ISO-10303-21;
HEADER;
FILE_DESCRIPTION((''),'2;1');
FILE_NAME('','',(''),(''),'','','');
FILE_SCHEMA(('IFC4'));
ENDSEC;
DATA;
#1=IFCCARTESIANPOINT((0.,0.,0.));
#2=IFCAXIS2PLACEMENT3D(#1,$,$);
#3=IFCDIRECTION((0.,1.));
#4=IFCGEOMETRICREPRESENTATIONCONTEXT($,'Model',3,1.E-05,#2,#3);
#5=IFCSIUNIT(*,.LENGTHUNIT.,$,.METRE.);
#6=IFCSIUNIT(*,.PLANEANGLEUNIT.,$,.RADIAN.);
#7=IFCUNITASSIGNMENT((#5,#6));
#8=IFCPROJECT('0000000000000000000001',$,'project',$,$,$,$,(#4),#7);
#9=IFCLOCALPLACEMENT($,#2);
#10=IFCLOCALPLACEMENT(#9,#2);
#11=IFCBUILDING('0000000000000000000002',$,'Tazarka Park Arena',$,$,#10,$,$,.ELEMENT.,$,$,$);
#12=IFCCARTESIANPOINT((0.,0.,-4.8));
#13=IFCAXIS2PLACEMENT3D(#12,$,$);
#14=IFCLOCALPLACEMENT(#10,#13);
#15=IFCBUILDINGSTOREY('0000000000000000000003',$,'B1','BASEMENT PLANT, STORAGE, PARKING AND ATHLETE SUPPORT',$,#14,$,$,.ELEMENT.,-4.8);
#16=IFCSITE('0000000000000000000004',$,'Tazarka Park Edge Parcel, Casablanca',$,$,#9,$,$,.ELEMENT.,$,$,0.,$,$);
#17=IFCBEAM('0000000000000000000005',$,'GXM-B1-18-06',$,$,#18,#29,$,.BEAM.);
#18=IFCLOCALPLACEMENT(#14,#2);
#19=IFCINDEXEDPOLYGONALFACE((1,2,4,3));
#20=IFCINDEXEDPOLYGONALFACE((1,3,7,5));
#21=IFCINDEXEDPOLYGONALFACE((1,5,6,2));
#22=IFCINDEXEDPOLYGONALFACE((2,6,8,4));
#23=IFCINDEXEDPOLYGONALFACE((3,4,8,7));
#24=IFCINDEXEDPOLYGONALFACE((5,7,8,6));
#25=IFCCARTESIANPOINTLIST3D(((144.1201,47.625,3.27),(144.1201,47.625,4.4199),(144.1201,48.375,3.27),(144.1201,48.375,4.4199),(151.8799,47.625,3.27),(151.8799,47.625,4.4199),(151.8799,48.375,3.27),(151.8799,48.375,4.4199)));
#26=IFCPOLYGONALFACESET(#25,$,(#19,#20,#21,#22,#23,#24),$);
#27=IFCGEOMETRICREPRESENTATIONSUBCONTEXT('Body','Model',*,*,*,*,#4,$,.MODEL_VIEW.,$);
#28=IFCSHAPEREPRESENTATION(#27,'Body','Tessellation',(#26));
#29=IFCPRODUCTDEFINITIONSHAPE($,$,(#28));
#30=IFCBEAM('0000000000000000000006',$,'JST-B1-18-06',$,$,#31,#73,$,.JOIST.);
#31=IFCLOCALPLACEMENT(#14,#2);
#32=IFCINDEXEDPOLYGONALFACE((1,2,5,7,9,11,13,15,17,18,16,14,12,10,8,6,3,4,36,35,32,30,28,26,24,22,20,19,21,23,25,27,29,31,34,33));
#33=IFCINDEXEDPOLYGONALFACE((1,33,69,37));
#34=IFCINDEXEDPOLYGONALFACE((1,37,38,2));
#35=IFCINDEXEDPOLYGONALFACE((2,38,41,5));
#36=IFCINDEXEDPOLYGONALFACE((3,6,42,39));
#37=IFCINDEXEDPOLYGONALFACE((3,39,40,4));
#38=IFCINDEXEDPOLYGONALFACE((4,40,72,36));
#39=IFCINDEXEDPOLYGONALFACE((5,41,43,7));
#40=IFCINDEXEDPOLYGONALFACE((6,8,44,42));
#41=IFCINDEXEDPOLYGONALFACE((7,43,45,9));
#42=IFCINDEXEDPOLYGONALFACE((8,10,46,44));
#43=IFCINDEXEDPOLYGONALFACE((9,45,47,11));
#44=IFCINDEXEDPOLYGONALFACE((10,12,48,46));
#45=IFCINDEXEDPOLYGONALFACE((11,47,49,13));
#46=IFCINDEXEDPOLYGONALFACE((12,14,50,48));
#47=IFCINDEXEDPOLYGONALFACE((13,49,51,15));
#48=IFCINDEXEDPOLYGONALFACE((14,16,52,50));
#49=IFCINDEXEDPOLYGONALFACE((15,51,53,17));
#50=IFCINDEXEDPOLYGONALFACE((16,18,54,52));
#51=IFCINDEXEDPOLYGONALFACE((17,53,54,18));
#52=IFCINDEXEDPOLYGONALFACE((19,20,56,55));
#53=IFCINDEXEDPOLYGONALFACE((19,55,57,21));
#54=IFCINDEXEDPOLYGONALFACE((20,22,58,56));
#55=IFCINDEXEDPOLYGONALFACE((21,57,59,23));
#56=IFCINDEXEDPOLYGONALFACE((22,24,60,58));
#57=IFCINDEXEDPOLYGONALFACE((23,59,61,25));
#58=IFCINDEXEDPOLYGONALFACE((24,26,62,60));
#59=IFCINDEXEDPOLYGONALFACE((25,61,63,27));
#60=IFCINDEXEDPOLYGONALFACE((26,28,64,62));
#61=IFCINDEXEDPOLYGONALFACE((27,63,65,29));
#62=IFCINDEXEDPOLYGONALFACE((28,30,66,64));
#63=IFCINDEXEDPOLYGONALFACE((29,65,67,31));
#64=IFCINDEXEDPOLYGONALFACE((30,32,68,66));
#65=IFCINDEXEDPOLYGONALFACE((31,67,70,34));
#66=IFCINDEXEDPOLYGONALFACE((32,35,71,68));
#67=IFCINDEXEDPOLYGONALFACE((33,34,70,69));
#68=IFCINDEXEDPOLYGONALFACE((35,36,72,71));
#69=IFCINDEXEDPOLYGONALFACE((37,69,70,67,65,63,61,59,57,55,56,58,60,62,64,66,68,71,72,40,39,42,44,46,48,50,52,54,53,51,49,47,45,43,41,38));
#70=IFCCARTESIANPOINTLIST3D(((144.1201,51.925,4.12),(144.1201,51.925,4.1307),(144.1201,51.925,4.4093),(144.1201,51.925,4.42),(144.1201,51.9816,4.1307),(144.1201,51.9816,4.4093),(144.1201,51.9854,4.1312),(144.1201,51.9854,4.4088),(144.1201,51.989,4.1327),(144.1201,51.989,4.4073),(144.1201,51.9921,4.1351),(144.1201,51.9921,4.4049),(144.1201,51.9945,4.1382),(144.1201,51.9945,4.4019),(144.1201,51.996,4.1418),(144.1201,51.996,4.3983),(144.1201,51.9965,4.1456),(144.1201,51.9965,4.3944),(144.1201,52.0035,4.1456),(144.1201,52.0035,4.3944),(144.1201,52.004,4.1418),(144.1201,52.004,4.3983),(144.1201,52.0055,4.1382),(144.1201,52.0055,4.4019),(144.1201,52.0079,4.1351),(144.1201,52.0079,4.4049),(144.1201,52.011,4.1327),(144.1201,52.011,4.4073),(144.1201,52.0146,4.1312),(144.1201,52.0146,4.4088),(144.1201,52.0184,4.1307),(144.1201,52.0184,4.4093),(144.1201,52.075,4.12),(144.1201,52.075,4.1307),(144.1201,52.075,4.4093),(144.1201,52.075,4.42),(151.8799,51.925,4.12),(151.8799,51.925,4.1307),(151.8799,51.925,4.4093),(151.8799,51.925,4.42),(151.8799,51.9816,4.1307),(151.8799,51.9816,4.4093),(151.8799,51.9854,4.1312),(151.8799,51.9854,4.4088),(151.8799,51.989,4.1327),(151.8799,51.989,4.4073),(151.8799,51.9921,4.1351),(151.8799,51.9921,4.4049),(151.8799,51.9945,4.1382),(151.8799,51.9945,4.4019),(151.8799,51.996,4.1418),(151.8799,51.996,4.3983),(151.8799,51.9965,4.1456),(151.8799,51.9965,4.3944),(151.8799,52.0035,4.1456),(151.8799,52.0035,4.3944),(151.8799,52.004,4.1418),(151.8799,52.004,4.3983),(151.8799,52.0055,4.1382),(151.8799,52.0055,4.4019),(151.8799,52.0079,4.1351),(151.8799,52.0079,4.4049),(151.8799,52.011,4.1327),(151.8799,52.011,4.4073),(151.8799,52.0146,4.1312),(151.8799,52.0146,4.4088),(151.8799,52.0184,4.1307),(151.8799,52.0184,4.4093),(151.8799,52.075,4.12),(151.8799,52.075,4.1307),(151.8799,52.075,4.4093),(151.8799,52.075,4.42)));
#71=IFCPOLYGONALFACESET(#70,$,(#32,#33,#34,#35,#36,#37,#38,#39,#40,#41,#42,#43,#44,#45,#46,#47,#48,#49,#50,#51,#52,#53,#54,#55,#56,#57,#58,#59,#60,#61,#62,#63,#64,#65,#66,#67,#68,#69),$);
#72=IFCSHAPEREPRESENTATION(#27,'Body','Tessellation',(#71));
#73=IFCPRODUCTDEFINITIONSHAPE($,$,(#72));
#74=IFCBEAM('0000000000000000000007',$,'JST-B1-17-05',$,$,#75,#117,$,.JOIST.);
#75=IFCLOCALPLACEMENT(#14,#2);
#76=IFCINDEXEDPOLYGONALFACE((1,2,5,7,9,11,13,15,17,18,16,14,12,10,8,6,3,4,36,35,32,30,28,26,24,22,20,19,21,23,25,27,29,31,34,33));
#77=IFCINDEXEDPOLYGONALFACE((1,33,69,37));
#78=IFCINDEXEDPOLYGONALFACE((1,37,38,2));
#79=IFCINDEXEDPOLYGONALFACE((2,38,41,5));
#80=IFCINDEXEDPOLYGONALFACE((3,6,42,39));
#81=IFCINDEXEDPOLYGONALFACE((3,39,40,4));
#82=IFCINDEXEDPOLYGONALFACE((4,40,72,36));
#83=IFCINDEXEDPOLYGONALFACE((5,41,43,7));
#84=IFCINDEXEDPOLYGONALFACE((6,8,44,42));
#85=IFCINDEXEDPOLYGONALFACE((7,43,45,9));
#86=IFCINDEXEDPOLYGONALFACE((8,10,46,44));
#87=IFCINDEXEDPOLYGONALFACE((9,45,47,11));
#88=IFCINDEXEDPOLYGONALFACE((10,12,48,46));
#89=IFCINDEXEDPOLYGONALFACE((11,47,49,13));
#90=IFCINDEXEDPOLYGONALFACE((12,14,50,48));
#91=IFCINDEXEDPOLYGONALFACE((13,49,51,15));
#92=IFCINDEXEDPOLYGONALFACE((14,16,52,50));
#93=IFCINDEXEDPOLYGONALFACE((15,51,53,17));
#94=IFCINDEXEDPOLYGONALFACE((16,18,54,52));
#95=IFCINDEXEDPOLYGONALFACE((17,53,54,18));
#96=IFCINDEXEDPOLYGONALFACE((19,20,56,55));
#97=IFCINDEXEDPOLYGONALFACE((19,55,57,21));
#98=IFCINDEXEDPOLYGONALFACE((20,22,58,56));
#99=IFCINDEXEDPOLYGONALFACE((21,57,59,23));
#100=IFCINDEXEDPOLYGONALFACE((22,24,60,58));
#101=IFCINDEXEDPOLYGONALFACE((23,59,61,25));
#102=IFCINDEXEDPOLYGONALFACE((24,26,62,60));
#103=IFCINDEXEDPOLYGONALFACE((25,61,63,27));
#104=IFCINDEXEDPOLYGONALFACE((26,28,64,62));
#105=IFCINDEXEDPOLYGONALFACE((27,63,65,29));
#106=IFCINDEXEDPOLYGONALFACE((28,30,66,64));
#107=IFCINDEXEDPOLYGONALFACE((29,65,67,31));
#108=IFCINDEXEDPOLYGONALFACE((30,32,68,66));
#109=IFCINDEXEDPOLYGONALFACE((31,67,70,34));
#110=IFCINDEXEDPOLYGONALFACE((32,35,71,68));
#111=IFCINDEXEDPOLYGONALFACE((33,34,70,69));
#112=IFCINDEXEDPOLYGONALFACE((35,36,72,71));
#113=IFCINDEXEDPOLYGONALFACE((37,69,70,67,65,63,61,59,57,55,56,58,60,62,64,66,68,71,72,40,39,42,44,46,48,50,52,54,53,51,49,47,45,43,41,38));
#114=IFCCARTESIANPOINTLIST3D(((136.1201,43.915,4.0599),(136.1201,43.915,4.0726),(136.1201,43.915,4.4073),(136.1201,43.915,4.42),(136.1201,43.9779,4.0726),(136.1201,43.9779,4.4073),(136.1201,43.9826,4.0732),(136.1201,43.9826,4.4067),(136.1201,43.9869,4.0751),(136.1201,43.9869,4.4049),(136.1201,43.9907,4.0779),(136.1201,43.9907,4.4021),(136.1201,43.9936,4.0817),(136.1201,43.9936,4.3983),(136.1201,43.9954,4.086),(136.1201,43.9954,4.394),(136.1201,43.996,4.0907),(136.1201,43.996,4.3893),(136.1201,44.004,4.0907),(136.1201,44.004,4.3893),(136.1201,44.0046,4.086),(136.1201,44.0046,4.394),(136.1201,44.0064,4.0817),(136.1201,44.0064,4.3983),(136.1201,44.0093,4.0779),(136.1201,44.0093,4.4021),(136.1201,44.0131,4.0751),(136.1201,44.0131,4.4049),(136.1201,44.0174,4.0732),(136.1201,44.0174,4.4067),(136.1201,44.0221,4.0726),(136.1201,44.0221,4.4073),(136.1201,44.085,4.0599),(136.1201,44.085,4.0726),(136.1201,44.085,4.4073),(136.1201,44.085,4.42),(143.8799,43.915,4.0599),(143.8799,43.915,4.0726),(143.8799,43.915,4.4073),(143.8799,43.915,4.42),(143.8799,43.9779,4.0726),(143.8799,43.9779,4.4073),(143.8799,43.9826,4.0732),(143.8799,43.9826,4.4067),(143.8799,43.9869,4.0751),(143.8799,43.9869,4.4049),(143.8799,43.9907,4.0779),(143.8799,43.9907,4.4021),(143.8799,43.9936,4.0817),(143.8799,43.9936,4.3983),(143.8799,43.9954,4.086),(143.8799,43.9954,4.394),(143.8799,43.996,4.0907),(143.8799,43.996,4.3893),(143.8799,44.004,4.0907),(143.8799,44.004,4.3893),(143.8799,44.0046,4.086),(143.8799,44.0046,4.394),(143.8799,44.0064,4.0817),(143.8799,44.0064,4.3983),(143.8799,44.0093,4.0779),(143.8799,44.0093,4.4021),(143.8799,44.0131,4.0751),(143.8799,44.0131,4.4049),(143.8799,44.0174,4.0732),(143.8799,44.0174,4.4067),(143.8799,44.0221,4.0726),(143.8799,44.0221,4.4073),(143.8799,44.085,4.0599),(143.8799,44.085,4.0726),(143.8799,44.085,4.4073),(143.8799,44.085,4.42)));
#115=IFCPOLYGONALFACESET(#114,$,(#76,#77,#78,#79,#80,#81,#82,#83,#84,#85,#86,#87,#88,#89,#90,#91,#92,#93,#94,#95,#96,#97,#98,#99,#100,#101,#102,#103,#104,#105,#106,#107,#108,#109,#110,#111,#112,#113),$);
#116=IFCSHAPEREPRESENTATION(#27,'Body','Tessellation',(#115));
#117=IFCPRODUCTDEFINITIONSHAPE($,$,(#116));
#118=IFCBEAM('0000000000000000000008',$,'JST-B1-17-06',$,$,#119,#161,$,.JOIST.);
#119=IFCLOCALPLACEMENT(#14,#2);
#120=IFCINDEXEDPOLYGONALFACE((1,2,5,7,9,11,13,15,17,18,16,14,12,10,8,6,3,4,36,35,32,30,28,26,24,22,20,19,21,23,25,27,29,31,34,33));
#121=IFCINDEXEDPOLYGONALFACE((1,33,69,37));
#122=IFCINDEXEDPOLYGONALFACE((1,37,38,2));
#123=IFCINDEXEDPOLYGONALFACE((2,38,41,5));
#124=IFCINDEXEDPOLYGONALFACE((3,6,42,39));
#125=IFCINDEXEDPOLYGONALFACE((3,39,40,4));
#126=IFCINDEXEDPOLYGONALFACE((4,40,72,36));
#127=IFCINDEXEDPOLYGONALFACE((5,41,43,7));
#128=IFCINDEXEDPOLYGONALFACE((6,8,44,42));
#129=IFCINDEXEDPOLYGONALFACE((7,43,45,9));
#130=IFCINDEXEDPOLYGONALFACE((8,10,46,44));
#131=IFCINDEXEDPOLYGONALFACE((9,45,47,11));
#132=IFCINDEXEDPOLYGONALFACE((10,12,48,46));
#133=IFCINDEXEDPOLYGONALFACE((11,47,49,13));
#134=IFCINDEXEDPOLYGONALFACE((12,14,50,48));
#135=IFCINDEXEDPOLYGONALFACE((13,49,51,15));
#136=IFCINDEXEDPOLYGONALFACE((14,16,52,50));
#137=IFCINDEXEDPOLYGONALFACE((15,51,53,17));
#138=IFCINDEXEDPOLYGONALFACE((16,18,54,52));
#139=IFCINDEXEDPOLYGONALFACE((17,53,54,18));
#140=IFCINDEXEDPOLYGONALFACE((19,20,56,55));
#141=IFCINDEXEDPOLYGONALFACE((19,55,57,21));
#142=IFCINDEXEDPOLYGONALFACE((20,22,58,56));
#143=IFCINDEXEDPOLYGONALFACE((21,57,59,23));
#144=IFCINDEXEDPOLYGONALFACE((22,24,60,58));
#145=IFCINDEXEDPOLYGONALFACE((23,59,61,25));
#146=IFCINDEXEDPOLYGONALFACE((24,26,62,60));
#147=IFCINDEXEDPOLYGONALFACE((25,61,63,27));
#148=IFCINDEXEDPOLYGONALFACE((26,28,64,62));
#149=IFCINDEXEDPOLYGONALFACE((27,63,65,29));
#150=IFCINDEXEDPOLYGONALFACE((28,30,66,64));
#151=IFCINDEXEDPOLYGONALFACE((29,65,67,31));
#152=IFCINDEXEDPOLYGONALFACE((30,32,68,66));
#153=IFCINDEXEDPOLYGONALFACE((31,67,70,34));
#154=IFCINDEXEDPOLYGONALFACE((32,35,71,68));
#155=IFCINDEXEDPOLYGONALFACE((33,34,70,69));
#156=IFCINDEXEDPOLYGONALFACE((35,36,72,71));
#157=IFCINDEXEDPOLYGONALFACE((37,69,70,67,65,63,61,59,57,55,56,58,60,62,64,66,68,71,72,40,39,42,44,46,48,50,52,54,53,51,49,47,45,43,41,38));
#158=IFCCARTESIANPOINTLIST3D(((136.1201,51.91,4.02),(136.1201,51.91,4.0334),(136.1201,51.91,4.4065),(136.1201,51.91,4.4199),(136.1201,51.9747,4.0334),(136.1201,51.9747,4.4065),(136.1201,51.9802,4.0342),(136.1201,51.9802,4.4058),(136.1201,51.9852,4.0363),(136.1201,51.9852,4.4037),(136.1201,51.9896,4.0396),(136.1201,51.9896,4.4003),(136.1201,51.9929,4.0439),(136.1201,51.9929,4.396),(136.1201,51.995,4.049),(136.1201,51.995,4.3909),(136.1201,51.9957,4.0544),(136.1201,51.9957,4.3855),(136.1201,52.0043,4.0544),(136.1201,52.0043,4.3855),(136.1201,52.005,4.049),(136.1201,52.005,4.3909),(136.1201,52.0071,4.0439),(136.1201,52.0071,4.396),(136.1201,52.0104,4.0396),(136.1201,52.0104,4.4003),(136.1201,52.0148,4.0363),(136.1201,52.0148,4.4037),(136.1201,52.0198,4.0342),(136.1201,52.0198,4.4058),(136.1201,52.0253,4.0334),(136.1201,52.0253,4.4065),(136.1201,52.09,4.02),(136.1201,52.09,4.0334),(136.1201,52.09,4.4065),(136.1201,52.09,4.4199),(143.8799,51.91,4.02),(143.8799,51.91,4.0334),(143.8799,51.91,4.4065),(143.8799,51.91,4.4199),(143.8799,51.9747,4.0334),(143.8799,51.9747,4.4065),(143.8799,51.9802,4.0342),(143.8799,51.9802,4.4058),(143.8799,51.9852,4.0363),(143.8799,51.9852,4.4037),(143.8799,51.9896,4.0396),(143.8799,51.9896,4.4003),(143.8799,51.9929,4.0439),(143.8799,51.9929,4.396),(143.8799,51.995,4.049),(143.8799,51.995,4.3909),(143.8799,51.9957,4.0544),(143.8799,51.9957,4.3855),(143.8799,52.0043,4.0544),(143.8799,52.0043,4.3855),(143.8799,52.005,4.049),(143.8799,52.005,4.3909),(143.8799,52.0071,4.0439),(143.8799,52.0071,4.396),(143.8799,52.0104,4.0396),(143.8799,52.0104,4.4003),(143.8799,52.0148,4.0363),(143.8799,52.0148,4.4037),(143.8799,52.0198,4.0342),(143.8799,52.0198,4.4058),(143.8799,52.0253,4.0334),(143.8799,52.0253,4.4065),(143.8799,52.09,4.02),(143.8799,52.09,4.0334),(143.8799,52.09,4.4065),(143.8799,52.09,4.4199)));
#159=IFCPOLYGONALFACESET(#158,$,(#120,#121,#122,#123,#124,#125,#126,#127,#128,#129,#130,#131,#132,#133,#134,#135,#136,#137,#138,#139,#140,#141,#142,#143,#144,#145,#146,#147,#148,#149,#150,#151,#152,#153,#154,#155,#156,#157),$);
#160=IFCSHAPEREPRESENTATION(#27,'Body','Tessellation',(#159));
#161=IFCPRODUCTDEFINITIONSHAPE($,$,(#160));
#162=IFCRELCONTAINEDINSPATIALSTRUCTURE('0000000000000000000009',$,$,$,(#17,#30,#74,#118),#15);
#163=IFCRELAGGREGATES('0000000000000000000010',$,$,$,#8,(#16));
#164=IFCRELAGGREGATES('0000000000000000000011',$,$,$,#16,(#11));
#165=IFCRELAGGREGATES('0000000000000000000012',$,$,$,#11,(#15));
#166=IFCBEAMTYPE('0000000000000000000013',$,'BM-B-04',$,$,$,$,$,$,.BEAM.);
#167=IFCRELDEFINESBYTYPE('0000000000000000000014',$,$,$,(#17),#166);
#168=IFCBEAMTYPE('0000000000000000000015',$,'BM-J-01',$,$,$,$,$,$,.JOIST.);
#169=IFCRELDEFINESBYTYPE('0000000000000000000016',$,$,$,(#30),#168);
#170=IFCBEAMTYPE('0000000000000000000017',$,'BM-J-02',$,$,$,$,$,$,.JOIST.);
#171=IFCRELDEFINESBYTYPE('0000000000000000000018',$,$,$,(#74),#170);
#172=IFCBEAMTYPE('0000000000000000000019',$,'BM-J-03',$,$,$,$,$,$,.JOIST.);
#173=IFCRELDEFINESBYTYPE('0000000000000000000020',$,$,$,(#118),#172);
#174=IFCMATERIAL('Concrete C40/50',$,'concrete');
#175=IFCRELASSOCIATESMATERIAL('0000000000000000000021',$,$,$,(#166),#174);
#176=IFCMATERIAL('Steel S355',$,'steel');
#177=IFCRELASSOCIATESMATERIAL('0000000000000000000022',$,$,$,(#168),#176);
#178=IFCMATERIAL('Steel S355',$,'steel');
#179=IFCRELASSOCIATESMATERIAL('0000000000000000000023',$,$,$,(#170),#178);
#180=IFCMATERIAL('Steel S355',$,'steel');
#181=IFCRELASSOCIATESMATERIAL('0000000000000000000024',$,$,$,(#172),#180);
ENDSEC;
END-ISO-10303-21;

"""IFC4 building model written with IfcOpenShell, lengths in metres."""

from ifc_helpers import new_model, si_unit, direction, frame, origin, origin_2d, place, context, subcontext, project, spatial, rectangle, i_section, extrude, material, material_profile, profile_set, type_object, element, save


model = new_model("IFC4")

# Units and contexts
model_context = context("Model", 3, precision=1e-05, world=origin(), true_north=direction((0.0, 1.0)))
body_context = subcontext(model_context, "Body", "Model", "MODEL_VIEW")
ifc_project = project(units=[si_unit("LENGTHUNIT", "METRE"), si_unit("PLANEANGLEUNIT", "RADIAN")], contexts=[model_context])

# Site, building, storey
site_placement = place(None, origin())
site = spatial("IfcSite", under=ifc_project, at=site_placement, Name="Tazarka Park Edge Parcel, Casablanca", CompositionType="ELEMENT", RefElevation=0.0)
building_placement = place(site_placement, origin())
building = spatial("IfcBuilding", under=site, at=building_placement, Name="Tazarka Park Arena", CompositionType="ELEMENT")
storey_placement = place(building_placement, frame((0.0, 0.0, -4.8)))
storey = spatial("IfcBuildingStorey", under=building, at=storey_placement, Name="B1", Description="BASEMENT PLANT, STORAGE, PARKING AND ATHLETE SUPPORT", CompositionType="ELEMENT", Elevation=-4.8)

# Beams
ifc_material_1 = material(Name="Concrete C40/50", Category="concrete")
ifc_material_profile_1 = material_profile(ifc_material_1, rectangle(XDim=0.75, YDim=1.1499, at=origin_2d()), Name="Concrete C40/50")
ifc_profile_set_1 = profile_set([ifc_material_profile_1], Name="Concrete C40/50")
beam_type_1 = type_object("IfcBeamType", Name="BM-B-04", PredefinedType="BEAM", material=ifc_profile_set_1)
for number, where, z_axis, x_axis, name in (
    (1, (144.1201, 48.0, 3.845), (1.0, 0.0, 0.0), (0.0, 1.0, 0.0), "GXM-B1-18-06"),
):
    element("IfcBeam", number, at=place(storey_placement, frame(where, z_axis=z_axis, x_axis=x_axis)), inside=storey, type_object=beam_type_1, Name=name, PredefinedType="BEAM", context=body_context, shape_type="SweptSolid", body=[
        extrude(rectangle(XDim=0.75, YDim=1.1499, at=origin_2d()), origin(), (0.0, 0.0, 1.0), 7.7598),
    ])
ifc_material_2 = material(Name="Steel S355", Category="steel")
ifc_material_profile_2 = material_profile(ifc_material_2, i_section(OverallWidth=0.1499, OverallDepth=0.3, WebThickness=0.0071, FlangeThickness=0.0107, FilletRadius=0.0149, at=origin_2d()), Name="Steel S355")
ifc_profile_set_2 = profile_set([ifc_material_profile_2], Name="Steel S355")
beam_type_2 = type_object("IfcBeamType", Name="BM-J-01", PredefinedType="JOIST", material=ifc_profile_set_2)
beam_1_placement = place(storey_placement, frame((144.1201, 52.0, 4.27), z_axis=(1.0, 0.0, 0.0), x_axis=(0.0, 1.0, 0.0)))
element("IfcBeam", 2, at=beam_1_placement, inside=storey, type_object=beam_type_2, Name="JST-B1-18-06", PredefinedType="JOIST", context=body_context, shape_type="SweptSolid", body=[
    extrude(i_section(OverallWidth=0.1499, OverallDepth=0.3, WebThickness=0.0071, FlangeThickness=0.0107, FilletRadius=0.0149, at=origin_2d()), origin(), (0.0, 0.0, 1.0), 7.7598),
])
ifc_material_3 = material(Name="Steel S355", Category="steel")
ifc_material_profile_3 = material_profile(ifc_material_3, i_section(OverallWidth=0.1699, OverallDepth=0.3601, WebThickness=0.0081, FlangeThickness=0.0127, FilletRadius=0.0181, at=origin_2d()), Name="Steel S355")
ifc_profile_set_3 = profile_set([ifc_material_profile_3], Name="Steel S355")
beam_type_3 = type_object("IfcBeamType", Name="BM-J-02", PredefinedType="JOIST", material=ifc_profile_set_3)
beam_2_placement = place(storey_placement, frame((136.1201, 44.0, 4.24), z_axis=(1.0, 0.0, 0.0), x_axis=(0.0, 1.0, 0.0)))
element("IfcBeam", 3, at=beam_2_placement, inside=storey, type_object=beam_type_3, Name="JST-B1-17-05", PredefinedType="JOIST", context=body_context, shape_type="SweptSolid", body=[
    extrude(i_section(OverallWidth=0.1699, OverallDepth=0.3601, WebThickness=0.0081, FlangeThickness=0.0127, FilletRadius=0.0181, at=origin_2d()), origin(), (0.0, 0.0, 1.0), 7.7598),
])
ifc_material_4 = material(Name="Steel S355", Category="steel")
ifc_material_profile_4 = material_profile(ifc_material_4, i_section(OverallWidth=0.1799, OverallDepth=0.3999, WebThickness=0.0085, FlangeThickness=0.0134, FilletRadius=0.021, at=origin_2d()), Name="Steel S355")
ifc_profile_set_4 = profile_set([ifc_material_profile_4], Name="Steel S355")
beam_type_4 = type_object("IfcBeamType", Name="BM-J-03", PredefinedType="JOIST", material=ifc_profile_set_4)
for number, where, z_axis, x_axis, name in (
    (4, (136.1201, 52.0, 4.22), (1.0, 0.0, 0.0), (0.0, 1.0, 0.0), "JST-B1-17-06"),
):
    element("IfcBeam", number, at=place(storey_placement, frame(where, z_axis=z_axis, x_axis=x_axis)), inside=storey, type_object=beam_type_4, Name=name, PredefinedType="JOIST", context=body_context, shape_type="SweptSolid", body=[
        extrude(i_section(OverallWidth=0.1799, OverallDepth=0.3999, WebThickness=0.0085, FlangeThickness=0.0134, FilletRadius=0.021, at=origin_2d()), origin(), (0.0, 0.0, 1.0), 7.7598),
    ])

save(model, "model.ifc")
